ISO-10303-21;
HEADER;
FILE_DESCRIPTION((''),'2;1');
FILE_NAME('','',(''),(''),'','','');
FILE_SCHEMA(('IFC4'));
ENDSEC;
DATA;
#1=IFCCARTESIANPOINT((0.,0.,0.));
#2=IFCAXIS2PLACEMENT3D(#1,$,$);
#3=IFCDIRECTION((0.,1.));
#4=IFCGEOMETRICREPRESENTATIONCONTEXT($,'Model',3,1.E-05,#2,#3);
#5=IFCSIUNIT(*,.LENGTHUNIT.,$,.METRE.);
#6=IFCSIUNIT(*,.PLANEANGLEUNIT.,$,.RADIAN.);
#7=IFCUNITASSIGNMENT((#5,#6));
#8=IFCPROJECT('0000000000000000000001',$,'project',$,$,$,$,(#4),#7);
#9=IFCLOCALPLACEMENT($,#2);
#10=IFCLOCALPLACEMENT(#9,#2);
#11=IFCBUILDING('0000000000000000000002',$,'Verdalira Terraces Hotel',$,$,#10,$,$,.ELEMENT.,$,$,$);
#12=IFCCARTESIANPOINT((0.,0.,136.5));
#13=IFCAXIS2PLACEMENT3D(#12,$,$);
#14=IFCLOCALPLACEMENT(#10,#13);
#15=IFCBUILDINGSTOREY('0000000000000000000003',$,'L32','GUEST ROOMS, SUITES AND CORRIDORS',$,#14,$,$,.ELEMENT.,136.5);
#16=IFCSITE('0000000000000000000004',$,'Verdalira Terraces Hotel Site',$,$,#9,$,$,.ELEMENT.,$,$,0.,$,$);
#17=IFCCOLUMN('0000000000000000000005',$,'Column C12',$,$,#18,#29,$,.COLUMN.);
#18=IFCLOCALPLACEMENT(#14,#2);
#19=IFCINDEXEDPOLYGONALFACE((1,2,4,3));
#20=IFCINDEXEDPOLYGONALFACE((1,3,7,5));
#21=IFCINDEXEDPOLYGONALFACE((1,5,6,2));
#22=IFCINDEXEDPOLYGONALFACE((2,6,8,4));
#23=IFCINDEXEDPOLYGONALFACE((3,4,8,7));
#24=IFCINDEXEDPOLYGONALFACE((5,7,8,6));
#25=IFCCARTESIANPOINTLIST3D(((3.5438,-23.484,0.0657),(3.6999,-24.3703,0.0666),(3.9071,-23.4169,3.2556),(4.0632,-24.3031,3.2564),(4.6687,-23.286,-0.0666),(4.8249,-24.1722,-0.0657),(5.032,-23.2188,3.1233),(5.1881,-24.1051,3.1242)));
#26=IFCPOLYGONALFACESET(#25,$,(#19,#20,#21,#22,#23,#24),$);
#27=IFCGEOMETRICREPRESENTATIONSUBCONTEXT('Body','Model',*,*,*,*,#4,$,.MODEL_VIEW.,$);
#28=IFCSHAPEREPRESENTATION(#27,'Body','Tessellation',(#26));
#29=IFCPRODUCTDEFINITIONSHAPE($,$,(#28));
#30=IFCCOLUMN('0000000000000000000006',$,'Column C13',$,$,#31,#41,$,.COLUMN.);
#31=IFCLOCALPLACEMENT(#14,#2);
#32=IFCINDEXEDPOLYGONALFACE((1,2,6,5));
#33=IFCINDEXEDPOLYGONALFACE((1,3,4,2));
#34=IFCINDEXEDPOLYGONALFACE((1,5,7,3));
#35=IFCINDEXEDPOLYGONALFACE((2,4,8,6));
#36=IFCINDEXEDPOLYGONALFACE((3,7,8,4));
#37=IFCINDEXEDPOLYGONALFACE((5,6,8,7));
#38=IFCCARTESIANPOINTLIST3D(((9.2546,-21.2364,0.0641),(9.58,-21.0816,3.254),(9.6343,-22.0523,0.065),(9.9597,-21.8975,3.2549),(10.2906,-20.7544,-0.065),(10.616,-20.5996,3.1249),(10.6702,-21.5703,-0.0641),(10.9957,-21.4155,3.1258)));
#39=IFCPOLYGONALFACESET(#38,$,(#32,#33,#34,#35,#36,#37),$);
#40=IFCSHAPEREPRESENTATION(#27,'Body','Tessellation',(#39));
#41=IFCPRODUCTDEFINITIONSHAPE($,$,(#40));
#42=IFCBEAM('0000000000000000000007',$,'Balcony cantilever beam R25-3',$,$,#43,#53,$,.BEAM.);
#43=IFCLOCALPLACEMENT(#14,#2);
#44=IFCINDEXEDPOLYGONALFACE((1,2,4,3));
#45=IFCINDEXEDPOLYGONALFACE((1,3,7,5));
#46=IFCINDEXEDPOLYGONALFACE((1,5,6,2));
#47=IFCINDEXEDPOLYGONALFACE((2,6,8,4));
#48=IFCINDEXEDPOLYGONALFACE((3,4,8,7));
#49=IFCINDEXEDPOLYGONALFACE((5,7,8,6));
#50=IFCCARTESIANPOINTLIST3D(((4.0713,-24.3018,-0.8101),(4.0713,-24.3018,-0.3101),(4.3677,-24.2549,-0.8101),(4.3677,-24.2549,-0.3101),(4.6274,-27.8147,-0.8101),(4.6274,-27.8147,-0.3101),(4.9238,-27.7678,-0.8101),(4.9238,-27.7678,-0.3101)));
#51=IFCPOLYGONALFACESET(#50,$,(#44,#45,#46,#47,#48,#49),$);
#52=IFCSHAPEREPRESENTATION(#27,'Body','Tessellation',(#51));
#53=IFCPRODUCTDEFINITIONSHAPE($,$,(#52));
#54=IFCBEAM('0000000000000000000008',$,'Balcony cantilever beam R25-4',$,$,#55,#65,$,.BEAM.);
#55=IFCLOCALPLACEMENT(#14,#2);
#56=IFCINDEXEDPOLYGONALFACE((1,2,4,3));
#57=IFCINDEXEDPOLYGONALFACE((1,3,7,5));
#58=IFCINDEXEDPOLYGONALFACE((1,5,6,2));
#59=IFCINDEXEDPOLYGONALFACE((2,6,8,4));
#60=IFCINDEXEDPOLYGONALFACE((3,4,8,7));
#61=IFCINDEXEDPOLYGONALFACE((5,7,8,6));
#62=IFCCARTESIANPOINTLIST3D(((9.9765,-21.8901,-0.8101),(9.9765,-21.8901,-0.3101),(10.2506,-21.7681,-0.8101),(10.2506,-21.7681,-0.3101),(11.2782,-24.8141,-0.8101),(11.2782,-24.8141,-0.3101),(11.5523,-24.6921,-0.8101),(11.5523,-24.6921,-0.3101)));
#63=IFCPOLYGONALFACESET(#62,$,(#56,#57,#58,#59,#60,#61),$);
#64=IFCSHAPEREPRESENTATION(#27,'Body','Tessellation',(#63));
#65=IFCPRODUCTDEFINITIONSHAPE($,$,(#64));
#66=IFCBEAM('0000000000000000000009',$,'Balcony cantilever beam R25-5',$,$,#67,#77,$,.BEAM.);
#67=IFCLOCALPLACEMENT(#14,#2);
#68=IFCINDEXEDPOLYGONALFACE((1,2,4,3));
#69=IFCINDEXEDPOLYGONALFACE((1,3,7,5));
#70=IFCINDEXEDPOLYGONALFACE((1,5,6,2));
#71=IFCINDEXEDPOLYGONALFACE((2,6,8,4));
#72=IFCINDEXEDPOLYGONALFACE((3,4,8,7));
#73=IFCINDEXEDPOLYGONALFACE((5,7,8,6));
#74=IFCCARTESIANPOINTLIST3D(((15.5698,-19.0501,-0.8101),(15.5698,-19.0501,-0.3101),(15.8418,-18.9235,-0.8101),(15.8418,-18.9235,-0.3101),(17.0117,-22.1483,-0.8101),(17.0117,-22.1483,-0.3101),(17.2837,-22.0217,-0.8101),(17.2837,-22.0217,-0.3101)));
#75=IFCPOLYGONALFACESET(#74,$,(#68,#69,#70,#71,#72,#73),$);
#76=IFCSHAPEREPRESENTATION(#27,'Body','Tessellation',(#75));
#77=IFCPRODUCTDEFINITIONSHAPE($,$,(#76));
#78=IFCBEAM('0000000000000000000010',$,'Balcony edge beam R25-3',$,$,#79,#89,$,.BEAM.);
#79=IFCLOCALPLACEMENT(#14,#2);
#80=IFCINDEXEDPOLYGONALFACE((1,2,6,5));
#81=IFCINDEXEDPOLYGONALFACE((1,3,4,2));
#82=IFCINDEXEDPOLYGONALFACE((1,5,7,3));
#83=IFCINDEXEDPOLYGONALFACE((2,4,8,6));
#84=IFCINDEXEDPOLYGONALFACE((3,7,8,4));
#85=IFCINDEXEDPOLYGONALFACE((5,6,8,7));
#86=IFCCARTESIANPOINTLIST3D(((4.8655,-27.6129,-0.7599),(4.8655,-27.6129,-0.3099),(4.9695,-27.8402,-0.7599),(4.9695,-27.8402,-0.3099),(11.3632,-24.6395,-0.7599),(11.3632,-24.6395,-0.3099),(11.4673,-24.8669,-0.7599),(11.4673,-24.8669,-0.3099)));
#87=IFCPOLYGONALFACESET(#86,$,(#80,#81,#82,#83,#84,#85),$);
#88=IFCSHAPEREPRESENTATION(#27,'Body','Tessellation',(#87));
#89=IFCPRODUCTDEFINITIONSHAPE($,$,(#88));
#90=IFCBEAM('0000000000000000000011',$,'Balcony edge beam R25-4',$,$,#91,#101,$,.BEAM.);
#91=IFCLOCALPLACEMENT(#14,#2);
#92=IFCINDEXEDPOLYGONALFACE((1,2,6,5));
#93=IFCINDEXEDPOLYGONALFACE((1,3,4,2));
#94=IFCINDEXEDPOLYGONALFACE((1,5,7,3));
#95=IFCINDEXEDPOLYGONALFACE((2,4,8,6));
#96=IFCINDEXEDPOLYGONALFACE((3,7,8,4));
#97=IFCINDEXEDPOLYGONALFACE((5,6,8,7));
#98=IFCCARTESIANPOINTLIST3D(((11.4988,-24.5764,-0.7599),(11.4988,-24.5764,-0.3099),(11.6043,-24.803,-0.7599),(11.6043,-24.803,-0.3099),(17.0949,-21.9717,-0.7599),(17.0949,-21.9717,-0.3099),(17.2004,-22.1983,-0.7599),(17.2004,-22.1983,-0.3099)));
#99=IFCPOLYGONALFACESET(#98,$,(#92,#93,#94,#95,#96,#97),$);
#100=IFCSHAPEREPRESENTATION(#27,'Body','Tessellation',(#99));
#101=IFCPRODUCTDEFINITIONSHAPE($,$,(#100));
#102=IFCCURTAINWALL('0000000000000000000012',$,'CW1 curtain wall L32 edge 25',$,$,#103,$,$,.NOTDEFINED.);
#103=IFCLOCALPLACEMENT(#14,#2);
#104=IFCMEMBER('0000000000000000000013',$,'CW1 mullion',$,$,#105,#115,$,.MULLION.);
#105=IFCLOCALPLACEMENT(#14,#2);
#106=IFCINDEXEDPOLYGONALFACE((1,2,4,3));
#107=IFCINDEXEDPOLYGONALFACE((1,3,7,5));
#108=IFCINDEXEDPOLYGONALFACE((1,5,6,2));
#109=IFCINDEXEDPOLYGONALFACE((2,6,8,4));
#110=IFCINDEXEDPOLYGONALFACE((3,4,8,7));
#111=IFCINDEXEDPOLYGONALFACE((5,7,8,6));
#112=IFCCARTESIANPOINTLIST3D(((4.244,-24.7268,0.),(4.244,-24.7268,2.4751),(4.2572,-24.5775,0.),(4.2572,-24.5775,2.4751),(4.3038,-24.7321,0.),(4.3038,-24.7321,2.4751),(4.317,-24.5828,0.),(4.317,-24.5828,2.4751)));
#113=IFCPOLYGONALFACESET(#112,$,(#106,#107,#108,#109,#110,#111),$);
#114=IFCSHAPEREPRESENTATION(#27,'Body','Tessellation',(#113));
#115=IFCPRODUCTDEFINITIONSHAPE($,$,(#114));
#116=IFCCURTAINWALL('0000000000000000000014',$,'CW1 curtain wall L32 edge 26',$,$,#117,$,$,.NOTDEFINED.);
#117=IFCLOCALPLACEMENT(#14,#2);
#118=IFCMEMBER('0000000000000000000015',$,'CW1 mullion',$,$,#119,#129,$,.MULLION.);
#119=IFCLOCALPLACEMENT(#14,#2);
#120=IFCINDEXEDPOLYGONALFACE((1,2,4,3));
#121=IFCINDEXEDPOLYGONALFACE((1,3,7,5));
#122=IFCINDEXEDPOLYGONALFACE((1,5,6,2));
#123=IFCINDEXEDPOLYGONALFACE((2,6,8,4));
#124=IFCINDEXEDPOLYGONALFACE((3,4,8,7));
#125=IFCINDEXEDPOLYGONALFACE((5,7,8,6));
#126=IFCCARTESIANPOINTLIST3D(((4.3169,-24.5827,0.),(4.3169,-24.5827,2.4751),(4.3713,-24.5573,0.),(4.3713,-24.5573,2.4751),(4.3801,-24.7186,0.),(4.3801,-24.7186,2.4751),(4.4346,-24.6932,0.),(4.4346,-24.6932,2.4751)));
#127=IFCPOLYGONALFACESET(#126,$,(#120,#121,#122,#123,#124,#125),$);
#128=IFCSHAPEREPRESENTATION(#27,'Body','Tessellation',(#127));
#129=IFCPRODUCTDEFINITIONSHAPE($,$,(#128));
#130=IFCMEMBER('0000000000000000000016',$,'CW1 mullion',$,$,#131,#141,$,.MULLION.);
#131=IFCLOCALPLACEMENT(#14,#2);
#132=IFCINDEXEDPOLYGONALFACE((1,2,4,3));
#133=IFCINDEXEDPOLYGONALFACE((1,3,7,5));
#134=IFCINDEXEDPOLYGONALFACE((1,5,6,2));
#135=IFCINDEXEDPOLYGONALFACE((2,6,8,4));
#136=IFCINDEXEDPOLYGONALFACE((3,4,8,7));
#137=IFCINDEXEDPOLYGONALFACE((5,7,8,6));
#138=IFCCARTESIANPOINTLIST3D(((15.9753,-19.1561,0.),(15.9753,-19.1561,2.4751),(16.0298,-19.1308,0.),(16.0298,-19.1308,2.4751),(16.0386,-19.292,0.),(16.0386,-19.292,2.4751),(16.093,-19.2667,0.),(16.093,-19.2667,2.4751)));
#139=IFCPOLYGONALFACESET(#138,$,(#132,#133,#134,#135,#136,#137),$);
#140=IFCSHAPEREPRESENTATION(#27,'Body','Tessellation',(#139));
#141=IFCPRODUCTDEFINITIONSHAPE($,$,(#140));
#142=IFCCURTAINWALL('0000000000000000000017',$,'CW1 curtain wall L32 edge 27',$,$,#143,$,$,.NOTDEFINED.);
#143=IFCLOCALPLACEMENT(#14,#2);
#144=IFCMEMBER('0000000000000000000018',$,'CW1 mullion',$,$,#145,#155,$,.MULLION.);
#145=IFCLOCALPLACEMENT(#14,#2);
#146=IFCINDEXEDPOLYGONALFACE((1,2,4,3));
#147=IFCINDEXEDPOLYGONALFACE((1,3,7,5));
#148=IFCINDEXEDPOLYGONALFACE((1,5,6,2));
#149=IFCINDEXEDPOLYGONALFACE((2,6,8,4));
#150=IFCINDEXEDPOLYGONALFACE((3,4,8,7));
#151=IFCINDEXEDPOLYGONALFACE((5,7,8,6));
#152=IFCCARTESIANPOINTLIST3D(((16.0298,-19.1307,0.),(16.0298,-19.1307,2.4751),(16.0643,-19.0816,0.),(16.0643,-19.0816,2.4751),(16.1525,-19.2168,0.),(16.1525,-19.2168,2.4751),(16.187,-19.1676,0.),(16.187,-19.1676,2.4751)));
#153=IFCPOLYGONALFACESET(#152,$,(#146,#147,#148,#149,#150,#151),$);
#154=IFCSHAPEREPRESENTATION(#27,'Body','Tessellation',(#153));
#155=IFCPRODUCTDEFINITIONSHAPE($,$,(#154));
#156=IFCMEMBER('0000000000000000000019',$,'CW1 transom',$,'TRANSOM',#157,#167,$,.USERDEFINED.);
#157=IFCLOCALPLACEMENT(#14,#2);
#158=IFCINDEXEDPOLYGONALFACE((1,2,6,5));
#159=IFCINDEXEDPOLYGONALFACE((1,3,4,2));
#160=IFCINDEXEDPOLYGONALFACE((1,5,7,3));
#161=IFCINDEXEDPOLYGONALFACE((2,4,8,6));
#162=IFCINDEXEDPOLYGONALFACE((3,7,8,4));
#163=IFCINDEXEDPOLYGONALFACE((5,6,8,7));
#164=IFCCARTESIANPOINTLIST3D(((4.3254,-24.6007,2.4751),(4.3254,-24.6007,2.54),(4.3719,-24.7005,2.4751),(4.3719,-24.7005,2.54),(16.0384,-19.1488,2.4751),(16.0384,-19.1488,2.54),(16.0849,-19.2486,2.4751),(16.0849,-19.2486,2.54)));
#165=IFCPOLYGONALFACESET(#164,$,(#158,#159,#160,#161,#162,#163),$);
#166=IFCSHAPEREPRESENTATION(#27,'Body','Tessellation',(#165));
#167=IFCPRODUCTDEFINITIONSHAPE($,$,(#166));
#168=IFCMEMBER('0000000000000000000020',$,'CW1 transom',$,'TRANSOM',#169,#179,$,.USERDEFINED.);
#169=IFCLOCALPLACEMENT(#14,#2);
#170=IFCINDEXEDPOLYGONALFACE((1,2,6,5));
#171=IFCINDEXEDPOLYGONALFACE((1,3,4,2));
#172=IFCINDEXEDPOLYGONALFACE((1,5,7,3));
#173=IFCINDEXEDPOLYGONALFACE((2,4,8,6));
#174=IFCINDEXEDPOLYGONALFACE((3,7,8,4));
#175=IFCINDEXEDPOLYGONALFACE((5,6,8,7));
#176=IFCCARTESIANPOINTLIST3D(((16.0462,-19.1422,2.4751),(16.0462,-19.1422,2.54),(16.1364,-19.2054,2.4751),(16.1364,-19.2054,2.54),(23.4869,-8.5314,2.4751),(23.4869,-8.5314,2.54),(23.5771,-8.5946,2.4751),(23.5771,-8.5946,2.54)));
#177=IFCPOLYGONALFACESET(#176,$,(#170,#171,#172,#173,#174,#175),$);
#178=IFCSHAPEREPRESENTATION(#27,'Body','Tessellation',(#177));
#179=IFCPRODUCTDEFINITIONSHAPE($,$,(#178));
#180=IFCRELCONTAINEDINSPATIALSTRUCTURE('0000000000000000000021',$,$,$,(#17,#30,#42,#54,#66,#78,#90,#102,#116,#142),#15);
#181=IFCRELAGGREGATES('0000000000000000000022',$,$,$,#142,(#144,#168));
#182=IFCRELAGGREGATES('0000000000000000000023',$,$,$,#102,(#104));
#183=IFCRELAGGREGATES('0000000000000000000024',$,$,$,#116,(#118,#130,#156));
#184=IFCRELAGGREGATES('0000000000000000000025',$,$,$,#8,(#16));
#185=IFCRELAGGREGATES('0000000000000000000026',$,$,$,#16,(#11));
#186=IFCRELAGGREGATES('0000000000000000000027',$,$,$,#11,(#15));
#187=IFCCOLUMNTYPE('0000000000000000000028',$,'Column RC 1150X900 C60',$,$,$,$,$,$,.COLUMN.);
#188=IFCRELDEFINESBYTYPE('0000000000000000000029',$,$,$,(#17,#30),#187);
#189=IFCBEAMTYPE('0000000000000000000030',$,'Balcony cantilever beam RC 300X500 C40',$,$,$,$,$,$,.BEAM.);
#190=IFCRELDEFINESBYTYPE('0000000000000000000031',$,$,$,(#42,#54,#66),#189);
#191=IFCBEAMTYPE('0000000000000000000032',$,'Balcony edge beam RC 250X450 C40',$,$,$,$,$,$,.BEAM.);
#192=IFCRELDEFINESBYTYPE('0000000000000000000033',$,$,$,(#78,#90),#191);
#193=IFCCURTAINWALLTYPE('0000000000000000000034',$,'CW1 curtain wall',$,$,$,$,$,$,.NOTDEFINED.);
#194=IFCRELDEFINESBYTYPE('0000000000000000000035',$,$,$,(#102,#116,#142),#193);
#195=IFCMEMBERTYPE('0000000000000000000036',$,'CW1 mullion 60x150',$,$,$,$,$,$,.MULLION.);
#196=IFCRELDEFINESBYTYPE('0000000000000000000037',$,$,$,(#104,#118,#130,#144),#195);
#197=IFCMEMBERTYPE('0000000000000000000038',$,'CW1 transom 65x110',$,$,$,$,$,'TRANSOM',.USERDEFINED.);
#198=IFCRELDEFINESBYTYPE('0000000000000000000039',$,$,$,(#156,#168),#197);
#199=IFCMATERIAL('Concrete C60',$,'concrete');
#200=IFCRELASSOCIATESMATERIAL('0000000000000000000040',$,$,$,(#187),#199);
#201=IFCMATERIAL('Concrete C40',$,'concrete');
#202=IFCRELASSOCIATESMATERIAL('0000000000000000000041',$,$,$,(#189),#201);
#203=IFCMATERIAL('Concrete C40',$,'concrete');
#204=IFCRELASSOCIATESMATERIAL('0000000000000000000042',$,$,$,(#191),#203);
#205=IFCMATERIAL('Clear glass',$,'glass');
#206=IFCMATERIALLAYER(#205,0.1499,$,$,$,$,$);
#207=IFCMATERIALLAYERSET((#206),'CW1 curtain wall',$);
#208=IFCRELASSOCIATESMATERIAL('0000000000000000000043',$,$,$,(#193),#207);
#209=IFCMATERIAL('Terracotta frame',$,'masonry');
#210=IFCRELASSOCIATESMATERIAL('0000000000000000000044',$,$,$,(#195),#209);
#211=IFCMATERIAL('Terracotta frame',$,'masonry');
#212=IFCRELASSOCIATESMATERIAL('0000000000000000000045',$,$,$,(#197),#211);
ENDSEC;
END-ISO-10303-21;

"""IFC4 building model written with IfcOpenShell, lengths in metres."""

from ifc_helpers import new_model, si_unit, direction, frame, origin, origin_2d, place, context, subcontext, project, spatial, rectangle, extrude, material, layer, layer_set, material_profile, profile_set, type_object, element, aggregate, save


model = new_model("IFC4")

# Units and contexts
model_context = context("Model", 3, precision=1e-05, world=origin(), true_north=direction((0.0, 1.0)))
body_context = subcontext(model_context, "Body", "Model", "MODEL_VIEW")
ifc_project = project(units=[si_unit("LENGTHUNIT", "METRE"), si_unit("PLANEANGLEUNIT", "RADIAN")], contexts=[model_context])

# Site, building, storey
site_placement = place(None, origin())
site = spatial("IfcSite", under=ifc_project, at=site_placement, Name="Verdalira Terraces Hotel Site", CompositionType="ELEMENT", RefElevation=0.0)
building_placement = place(site_placement, origin())
building = spatial("IfcBuilding", under=site, at=building_placement, Name="Verdalira Terraces Hotel", CompositionType="ELEMENT")
storey_placement = place(building_placement, frame((0.0, 0.0, 136.5)))
storey = spatial("IfcBuildingStorey", under=building, at=storey_placement, Name="L32", Description="GUEST ROOMS, SUITES AND CORRIDORS", CompositionType="ELEMENT", Elevation=136.5)

# Columns
ifc_material_1 = material(Name="Concrete C60", Category="concrete")
ifc_material_profile_1 = material_profile(ifc_material_1, rectangle(XDim=1.1499, YDim=0.8999, at=origin_2d()), Name="RC 1150X900")
ifc_profile_set_1 = profile_set([ifc_material_profile_1], Name="Concrete C60")
column_type = type_object("IfcColumnType", Name="Column RC 1150X900 C60", PredefinedType="COLUMN", material=ifc_profile_set_1)
column_1_placement = place(storey_placement, frame((4.1843, -23.8281, 0.0), z_axis=(0.113127, 0.020907, 0.993361), x_axis=(-0.978317, -0.172228, 0.115039)))
element("IfcColumn", 1, at=column_1_placement, inside=storey, type_object=column_type, Name="Column C12", PredefinedType="COLUMN", context=body_context, shape_type="SweptSolid", body=[
    extrude(rectangle(XDim=1.1499, YDim=0.8999, at=origin_2d()), origin(), (0.0, 0.0, 1.0), 3.2112),
])
column_2_placement = place(storey_placement, frame((9.9624, -21.4033, 0.0), z_axis=(0.101376, 0.048216, 0.993679), x_axis=(0.900942, 0.419168, -0.112254)))
element("IfcColumn", 2, at=column_2_placement, inside=storey, type_object=column_type, Name="Column C13", PredefinedType="COLUMN", context=body_context, shape_type="SweptSolid", body=[
    extrude(rectangle(XDim=1.1499, YDim=0.8999, at=origin_2d()), origin(), (0.0, 0.0, 1.0), 3.2102),
])

# Beams
ifc_material_2 = material(Name="Concrete C40", Category="concrete")
ifc_material_profile_2 = material_profile(ifc_material_2, rectangle(XDim=0.3, YDim=0.5, at=origin_2d()), Name="RC 300X500")
ifc_profile_set_2 = profile_set([ifc_material_profile_2], Name="Concrete C40")
beam_type_1 = type_object("IfcBeamType", Name="Balcony cantilever beam RC 300X500 C40", PredefinedType="BEAM", material=ifc_profile_set_2)
beam_1_placement = place(storey_placement, frame((4.2195, -24.2783, -0.5601), z_axis=(0.156368, -0.987699, 0.0), x_axis=(0.987699, 0.156368, 0.0)))
element("IfcBeam", 3, at=beam_1_placement, inside=storey, type_object=beam_type_1, Name="Balcony cantilever beam R25-3", PredefinedType="BEAM", context=body_context, shape_type="SweptSolid", body=[
    extrude(rectangle(XDim=0.3, YDim=0.5, at=origin_2d()), origin(), (0.0, 0.0, 1.0), 3.5566),
])
beam_2_placement = place(storey_placement, frame((10.1135, -21.8291, -0.5601), z_axis=(0.406705, -0.91356, 0.0), x_axis=(0.91356, 0.406705, 0.0)))
element("IfcBeam", 4, at=beam_2_placement, inside=storey, type_object=beam_type_1, Name="Balcony cantilever beam R25-4", PredefinedType="BEAM", context=body_context, shape_type="SweptSolid", body=[
    extrude(rectangle(XDim=0.3, YDim=0.5, at=origin_2d()), origin(), (0.0, 0.0, 1.0), 3.2007),
])
beam_3_placement = place(storey_placement, frame((15.7058, -18.9868, -0.5601), z_axis=(0.421947, -0.906621, 0.0), x_axis=(0.906621, 0.421947, 0.0)))
element("IfcBeam", 5, at=beam_3_placement, inside=storey, type_object=beam_type_1, Name="Balcony cantilever beam R25-5", PredefinedType="BEAM", context=body_context, shape_type="SweptSolid", body=[
    extrude(rectangle(XDim=0.3, YDim=0.5, at=origin_2d()), origin(), (0.0, 0.0, 1.0), 3.4172),
])
ifc_material_3 = material(Name="Concrete C40", Category="concrete")
ifc_material_profile_3 = material_profile(ifc_material_3, rectangle(XDim=0.25, YDim=0.45, at=origin_2d()), Name="RC 250X450")
ifc_profile_set_3 = profile_set([ifc_material_profile_3], Name="Concrete C40")
beam_type_2 = type_object("IfcBeamType", Name="Balcony edge beam RC 250X450 C40", PredefinedType="BEAM", material=ifc_profile_set_3)
beam_4_placement = place(storey_placement, frame((4.9175, -27.7266, -0.5349), z_axis=(0.909318, 0.416103, 0.0), x_axis=(-0.416103, 0.909318, 0.0)))
element("IfcBeam", 6, at=beam_4_placement, inside=storey, type_object=beam_type_2, Name="Balcony edge beam R25-3", PredefinedType="BEAM", context=body_context, shape_type="SweptSolid", body=[
    extrude(rectangle(XDim=0.25, YDim=0.45, at=origin_2d()), origin(), (0.0, 0.0, 1.0), 7.1458),
])
beam_5_placement = place(storey_placement, frame((11.5515, -24.6897, -0.5349), z_axis=(0.906606, 0.421978, 0.0), x_axis=(-0.421978, 0.906606, 0.0)))
element("IfcBeam", 7, at=beam_5_placement, inside=storey, type_object=beam_type_2, Name="Balcony edge beam R25-4", PredefinedType="BEAM", context=body_context, shape_type="SweptSolid", body=[
    extrude(rectangle(XDim=0.25, YDim=0.45, at=origin_2d()), origin(), (0.0, 0.0, 1.0), 6.1726),
])

# Curtain wall, member
ifc_material_4 = material(Name="Clear glass", Category="glass")
ifc_layer_1 = layer(ifc_material_4, 0.1499)
ifc_layer_set_1 = layer_set([ifc_layer_1], Name="CW1 curtain wall")
curtain_wall_type = type_object("IfcCurtainWallType", Name="CW1 curtain wall", PredefinedType="NOTDEFINED", material=ifc_layer_set_1)
curtain_wall_1_placement = place(storey_placement, origin())
curtain_wall_1 = element("IfcCurtainWall", 8, at=curtain_wall_1_placement, inside=storey, type_object=curtain_wall_type, Name="CW1 curtain wall L32 edge 25", PredefinedType="NOTDEFINED")
ifc_material_5 = material(Name="Terracotta frame", Category="masonry")
ifc_material_profile_4 = material_profile(ifc_material_5, rectangle(XDim=0.0601, YDim=0.1499, at=origin_2d()), Name="MU 60x150")
ifc_profile_set_4 = profile_set([ifc_material_profile_4], Name="Terracotta frame")
member_type_1 = type_object("IfcMemberType", Name="CW1 mullion 60x150", PredefinedType="MULLION", material=ifc_profile_set_4)
member_1_placement = place(storey_placement, frame((4.2805, -24.6548, 0.0), z_axis=(0.0, 0.0, 1.0), x_axis=(0.996134, -0.087851, 0.0)))
member_1 = element("IfcMember", 9, at=member_1_placement, type_object=member_type_1, Name="CW1 mullion", PredefinedType="MULLION", context=body_context, shape_type="SweptSolid", body=[
    extrude(rectangle(XDim=0.0601, YDim=0.1499, at=origin_2d()), origin(), (0.0, 0.0, 1.0), 2.4751),
])

# Curtain wall, members
curtain_wall_2_placement = place(storey_placement, origin())
curtain_wall_2 = element("IfcCurtainWall", 10, at=curtain_wall_2_placement, inside=storey, type_object=curtain_wall_type, Name="CW1 curtain wall L32 edge 26", PredefinedType="NOTDEFINED")
member_2_placement = place(storey_placement, frame((4.3757, -24.6379, 0.0), z_axis=(0.0, 0.0, 1.0), x_axis=(0.906603, 0.421985, 0.0)))
member_2 = element("IfcMember", 11, at=member_2_placement, type_object=member_type_1, Name="CW1 mullion", PredefinedType="MULLION", context=body_context, shape_type="SweptSolid", body=[
    extrude(rectangle(XDim=0.0601, YDim=0.1499, at=origin_2d()), origin(), (0.0, 0.0, 1.0), 2.4751),
])
member_3_placement = place(storey_placement, frame((16.0342, -19.2114, 0.0), z_axis=(0.0, 0.0, 1.0), x_axis=(0.906603, 0.421985, 0.0)))
member_3 = element("IfcMember", 12, at=member_3_placement, type_object=member_type_1, Name="CW1 mullion", PredefinedType="MULLION", context=body_context, shape_type="SweptSolid", body=[
    extrude(rectangle(XDim=0.0601, YDim=0.1499, at=origin_2d()), origin(), (0.0, 0.0, 1.0), 2.4751),
])

# Curtain wall, member
curtain_wall_3_placement = place(storey_placement, origin())
curtain_wall_3 = element("IfcCurtainWall", 13, at=curtain_wall_3_placement, inside=storey, type_object=curtain_wall_type, Name="CW1 curtain wall L32 edge 27", PredefinedType="NOTDEFINED")
member_4_placement = place(storey_placement, frame((16.1084, -19.1492, 0.0), z_axis=(0.0, 0.0, 1.0), x_axis=(0.574148, 0.818751, 0.0)))
member_4 = element("IfcMember", 14, at=member_4_placement, type_object=member_type_1, Name="CW1 mullion", PredefinedType="MULLION", context=body_context, shape_type="SweptSolid", body=[
    extrude(rectangle(XDim=0.0601, YDim=0.1499, at=origin_2d()), origin(), (0.0, 0.0, 1.0), 2.4751),
])

# Members
ifc_material_6 = material(Name="Terracotta frame", Category="masonry")
ifc_material_profile_5 = material_profile(ifc_material_6, rectangle(XDim=0.1101, YDim=0.0649, at=origin_2d()), Name="TR 65x110")
ifc_profile_set_5 = profile_set([ifc_material_profile_5], Name="Terracotta frame")
member_type_2 = type_object("IfcMemberType", Name="CW1 transom 65x110", ElementType="TRANSOM", PredefinedType="USERDEFINED", material=ifc_profile_set_5)
member_5_placement = place(storey_placement, frame((4.3486, -24.6506, 2.5076), z_axis=(0.906601, 0.421988, 0.0), x_axis=(-0.421988, 0.906601, 0.0)))
member_5 = element("IfcMember", 15, at=member_5_placement, type_object=member_type_2, Name="CW1 transom", ObjectType="TRANSOM", PredefinedType="USERDEFINED", context=body_context, shape_type="SweptSolid", body=[
    extrude(rectangle(XDim=0.1101, YDim=0.0649, at=origin_2d()), origin(), (0.0, 0.0, 1.0), 12.9197),
])
member_6_placement = place(storey_placement, frame((16.0913, -19.1738, 2.5076), z_axis=(0.57414, 0.818757, 0.0), x_axis=(-0.818757, 0.57414, 0.0)))
member_6 = element("IfcMember", 16, at=member_6_placement, type_object=member_type_2, Name="CW1 transom", ObjectType="TRANSOM", PredefinedType="USERDEFINED", context=body_context, shape_type="SweptSolid", body=[
    extrude(rectangle(XDim=0.1101, YDim=0.0649, at=origin_2d()), origin(), (0.0, 0.0, 1.0), 12.9597),
])
aggregate(curtain_wall_3, [member_4, member_6])

aggregate(curtain_wall_1, [member_1])
aggregate(curtain_wall_2, [member_2, member_3, member_5])

save(model, "model.ifc")
